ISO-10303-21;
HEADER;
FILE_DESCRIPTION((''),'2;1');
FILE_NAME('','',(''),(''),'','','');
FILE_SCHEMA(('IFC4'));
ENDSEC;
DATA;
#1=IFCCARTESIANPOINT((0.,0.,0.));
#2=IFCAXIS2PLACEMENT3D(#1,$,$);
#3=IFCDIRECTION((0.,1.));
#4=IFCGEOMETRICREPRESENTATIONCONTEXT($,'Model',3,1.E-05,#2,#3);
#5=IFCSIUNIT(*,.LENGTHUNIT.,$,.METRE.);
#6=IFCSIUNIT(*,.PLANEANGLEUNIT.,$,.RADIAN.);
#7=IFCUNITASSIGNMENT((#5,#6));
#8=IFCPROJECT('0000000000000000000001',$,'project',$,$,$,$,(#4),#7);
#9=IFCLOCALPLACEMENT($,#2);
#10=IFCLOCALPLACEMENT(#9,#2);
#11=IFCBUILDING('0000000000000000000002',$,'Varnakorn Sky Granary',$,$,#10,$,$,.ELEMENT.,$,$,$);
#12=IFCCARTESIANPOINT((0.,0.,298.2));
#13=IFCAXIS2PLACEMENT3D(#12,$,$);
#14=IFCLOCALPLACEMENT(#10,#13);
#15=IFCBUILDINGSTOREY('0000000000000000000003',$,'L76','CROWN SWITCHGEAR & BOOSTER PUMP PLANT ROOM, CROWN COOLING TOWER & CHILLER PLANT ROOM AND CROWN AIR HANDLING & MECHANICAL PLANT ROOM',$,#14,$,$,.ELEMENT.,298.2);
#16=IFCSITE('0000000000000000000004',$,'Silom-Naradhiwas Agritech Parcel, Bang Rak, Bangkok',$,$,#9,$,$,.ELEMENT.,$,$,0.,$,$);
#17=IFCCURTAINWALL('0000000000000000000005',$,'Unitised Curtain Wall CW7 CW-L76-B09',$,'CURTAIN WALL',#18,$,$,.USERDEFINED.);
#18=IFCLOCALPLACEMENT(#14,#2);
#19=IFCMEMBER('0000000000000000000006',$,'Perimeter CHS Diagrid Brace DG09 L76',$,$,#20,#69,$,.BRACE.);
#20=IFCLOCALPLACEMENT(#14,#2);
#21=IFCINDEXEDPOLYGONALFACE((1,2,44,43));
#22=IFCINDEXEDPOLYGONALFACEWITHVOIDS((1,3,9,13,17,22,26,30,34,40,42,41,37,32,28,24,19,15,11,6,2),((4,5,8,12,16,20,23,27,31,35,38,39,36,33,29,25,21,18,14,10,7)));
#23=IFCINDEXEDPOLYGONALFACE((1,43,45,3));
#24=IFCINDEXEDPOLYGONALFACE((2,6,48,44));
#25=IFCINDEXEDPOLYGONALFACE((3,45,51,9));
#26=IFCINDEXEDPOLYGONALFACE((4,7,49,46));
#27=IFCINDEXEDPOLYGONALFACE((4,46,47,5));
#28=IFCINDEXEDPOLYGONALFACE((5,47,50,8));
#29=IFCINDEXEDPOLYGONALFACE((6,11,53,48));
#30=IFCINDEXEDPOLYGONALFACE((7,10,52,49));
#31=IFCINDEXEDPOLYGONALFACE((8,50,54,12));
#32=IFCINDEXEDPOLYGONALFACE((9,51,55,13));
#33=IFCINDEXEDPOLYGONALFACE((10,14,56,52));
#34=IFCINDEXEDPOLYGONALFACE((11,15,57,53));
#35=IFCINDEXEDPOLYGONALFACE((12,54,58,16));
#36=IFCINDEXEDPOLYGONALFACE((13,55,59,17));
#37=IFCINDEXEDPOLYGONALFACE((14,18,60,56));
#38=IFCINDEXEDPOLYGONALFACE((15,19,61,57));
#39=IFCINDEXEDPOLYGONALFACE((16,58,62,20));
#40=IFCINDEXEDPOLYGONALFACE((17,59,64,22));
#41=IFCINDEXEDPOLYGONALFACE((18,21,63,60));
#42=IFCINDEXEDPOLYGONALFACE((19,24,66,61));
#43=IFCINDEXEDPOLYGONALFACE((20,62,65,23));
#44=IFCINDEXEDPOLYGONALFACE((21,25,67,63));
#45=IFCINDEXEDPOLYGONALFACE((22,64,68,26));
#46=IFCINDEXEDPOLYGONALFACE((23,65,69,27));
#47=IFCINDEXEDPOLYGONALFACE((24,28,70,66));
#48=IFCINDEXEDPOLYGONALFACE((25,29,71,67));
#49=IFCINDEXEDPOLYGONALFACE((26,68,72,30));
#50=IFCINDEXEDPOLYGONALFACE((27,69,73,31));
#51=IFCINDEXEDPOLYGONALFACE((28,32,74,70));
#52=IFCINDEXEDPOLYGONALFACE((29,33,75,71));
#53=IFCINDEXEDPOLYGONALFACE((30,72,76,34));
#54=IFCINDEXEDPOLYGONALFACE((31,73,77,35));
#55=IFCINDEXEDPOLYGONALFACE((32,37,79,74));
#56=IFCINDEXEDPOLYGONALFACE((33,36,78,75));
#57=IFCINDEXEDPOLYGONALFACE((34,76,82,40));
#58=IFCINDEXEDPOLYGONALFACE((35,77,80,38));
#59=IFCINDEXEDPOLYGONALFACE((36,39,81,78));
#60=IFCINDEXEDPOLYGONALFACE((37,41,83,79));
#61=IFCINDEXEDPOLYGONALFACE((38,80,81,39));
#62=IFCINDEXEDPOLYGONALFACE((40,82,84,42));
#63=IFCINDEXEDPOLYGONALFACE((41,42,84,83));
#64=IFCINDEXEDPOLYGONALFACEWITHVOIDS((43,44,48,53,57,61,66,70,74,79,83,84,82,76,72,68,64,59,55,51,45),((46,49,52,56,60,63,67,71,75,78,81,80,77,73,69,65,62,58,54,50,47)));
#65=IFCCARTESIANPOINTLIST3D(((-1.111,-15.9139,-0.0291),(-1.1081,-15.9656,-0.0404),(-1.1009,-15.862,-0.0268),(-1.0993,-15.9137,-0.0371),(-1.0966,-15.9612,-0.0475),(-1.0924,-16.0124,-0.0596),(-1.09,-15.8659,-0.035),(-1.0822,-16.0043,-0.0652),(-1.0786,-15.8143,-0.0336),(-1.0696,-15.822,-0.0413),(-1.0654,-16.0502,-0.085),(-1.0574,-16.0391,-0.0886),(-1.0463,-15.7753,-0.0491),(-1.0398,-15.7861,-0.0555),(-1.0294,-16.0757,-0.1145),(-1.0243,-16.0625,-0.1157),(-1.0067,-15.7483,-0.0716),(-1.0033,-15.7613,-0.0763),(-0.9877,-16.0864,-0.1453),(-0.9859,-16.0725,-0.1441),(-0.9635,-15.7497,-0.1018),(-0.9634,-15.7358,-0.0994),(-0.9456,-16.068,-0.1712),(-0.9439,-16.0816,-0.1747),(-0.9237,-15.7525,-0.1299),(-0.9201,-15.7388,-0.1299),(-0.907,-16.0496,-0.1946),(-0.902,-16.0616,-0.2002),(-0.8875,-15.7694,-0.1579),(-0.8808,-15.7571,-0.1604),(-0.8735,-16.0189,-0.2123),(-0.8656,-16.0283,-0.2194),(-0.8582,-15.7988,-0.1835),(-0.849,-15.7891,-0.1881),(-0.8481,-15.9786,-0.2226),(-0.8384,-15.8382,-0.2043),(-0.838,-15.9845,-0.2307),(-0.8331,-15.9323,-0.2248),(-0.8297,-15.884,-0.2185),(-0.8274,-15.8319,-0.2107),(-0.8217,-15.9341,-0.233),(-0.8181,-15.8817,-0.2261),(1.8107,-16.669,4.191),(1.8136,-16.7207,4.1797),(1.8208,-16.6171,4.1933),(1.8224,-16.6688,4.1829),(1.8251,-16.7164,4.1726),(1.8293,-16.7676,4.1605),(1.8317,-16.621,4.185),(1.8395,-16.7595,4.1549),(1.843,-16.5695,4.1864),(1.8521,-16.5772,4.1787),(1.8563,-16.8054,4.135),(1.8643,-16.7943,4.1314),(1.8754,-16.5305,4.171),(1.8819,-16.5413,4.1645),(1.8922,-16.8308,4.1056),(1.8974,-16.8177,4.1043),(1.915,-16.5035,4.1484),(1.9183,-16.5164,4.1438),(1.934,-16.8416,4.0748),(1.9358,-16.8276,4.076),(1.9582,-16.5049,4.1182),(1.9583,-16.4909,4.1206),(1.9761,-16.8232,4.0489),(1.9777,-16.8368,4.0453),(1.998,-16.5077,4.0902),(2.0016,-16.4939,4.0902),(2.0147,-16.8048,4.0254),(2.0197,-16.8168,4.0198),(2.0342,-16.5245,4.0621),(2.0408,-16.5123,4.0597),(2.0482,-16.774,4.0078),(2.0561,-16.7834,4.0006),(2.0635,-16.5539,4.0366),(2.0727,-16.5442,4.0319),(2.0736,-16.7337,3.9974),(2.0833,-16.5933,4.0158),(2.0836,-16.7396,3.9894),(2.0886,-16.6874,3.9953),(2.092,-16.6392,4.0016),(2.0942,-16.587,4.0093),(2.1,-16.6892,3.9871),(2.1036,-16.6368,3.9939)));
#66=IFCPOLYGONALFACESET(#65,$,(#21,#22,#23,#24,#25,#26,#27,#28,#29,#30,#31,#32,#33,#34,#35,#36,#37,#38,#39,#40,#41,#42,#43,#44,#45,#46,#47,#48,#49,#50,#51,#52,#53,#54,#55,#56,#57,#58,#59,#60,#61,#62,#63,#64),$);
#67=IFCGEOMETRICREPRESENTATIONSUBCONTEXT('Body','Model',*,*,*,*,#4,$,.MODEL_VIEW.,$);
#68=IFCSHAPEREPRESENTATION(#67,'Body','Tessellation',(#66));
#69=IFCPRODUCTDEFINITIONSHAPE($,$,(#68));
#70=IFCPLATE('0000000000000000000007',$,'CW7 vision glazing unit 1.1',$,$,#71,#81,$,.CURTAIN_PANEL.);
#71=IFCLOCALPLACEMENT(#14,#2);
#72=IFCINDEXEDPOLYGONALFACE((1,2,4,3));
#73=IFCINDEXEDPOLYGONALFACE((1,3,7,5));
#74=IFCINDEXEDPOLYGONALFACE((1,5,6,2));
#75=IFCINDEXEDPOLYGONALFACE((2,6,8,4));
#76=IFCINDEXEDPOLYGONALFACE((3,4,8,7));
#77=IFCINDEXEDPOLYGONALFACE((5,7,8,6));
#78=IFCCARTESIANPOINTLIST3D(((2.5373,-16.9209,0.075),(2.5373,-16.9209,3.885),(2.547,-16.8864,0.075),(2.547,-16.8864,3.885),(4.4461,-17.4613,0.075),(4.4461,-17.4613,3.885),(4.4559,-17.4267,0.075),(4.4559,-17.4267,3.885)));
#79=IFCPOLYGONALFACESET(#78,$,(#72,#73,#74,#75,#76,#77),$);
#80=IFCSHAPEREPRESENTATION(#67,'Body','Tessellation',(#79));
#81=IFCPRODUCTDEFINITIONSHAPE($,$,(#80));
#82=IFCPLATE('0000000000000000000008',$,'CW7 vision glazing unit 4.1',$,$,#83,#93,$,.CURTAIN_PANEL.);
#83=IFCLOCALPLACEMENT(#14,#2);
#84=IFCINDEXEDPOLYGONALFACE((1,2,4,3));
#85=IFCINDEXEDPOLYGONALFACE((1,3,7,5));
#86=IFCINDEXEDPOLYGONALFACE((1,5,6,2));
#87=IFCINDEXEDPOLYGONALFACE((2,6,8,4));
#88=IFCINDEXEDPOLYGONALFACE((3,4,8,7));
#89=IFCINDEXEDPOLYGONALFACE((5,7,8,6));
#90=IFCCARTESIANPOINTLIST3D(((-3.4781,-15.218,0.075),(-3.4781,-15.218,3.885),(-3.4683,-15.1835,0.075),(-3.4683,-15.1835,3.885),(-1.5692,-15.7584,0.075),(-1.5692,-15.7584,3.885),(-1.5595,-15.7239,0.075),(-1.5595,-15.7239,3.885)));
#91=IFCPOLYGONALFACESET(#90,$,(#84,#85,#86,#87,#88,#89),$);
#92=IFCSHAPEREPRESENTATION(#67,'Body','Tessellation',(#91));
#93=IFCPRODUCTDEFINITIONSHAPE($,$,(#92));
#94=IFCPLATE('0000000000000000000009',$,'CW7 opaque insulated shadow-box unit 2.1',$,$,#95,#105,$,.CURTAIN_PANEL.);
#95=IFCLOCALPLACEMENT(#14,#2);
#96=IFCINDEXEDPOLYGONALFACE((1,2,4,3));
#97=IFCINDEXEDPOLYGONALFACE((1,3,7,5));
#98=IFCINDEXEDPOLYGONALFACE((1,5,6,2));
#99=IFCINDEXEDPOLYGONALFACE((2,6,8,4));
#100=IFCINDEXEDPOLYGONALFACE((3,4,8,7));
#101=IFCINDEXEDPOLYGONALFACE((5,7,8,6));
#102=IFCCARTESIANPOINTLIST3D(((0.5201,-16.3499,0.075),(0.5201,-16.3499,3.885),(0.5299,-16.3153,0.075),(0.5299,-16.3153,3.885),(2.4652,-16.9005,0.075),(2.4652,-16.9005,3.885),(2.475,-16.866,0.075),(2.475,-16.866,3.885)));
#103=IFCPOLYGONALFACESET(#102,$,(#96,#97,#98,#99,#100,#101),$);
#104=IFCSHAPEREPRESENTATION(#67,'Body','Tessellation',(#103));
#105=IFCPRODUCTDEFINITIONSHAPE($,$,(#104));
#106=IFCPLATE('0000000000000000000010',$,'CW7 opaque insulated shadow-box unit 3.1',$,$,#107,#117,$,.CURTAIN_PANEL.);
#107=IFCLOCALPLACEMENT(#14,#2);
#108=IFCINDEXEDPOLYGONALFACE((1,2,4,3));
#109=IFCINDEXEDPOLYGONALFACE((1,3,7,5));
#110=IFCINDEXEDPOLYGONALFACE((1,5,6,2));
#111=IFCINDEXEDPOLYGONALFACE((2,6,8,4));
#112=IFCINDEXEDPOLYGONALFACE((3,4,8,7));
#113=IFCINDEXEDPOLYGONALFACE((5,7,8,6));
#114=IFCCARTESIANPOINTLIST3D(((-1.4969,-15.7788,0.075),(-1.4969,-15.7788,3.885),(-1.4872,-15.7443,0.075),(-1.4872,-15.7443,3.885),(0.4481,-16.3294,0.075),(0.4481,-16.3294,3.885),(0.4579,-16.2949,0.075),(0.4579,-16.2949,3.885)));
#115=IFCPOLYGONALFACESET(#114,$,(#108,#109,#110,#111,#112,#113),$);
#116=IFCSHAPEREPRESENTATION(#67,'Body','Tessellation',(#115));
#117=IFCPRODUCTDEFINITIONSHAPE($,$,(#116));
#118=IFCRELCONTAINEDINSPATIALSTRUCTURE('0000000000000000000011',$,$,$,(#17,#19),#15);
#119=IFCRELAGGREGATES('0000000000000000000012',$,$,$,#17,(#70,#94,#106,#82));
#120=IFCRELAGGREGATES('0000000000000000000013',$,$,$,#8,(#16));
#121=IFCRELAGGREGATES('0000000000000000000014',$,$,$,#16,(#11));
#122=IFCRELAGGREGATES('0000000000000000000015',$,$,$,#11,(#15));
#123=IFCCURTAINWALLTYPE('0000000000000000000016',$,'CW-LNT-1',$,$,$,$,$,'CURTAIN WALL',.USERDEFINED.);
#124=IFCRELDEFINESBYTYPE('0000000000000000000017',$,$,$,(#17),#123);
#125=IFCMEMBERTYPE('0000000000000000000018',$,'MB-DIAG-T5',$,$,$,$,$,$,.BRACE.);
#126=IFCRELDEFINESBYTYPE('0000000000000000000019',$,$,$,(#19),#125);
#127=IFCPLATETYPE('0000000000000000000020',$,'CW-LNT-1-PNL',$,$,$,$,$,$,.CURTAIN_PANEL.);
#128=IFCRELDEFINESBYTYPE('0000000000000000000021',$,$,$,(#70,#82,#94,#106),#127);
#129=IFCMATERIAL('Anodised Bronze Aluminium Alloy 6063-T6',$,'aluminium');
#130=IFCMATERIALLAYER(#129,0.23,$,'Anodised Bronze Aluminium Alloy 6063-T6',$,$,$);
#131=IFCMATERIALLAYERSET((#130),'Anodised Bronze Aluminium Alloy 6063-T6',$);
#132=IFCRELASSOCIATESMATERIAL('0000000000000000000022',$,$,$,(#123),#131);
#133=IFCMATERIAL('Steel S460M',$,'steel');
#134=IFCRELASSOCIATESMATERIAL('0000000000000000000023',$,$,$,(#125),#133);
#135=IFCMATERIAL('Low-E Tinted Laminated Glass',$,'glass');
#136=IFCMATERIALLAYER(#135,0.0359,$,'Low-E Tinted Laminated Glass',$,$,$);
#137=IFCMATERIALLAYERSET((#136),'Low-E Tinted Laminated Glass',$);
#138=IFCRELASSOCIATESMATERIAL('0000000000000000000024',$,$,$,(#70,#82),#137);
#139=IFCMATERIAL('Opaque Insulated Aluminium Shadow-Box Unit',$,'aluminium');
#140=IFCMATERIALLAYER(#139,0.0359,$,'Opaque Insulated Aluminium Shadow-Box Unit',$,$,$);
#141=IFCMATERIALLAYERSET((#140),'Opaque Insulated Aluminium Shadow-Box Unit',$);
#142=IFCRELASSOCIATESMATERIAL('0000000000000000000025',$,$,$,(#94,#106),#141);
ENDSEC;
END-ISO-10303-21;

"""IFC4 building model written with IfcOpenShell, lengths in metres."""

from ifc_helpers import new_model, si_unit, direction, frame, origin, origin_2d, place, context, subcontext, project, spatial, rectangle, hollow_circle, extrude, source, transform, mapped, material, layer, layer_set, material_profile, profile_set, type_object, type_shapes, element, aggregate, save


model = new_model("IFC4")

# Units and contexts
model_context = context("Model", 3, precision=1e-05, world=origin(), true_north=direction((0.0, 1.0)))
body_context = subcontext(model_context, "Body", "Model", "MODEL_VIEW")
ifc_project = project(units=[si_unit("LENGTHUNIT", "METRE"), si_unit("PLANEANGLEUNIT", "RADIAN")], contexts=[model_context])

# Site, building, storey
site_placement = place(None, origin())
site = spatial("IfcSite", under=ifc_project, at=site_placement, Name="Silom-Naradhiwas Agritech Parcel, Bang Rak, Bangkok", CompositionType="ELEMENT", RefElevation=0.0)
building_placement = place(site_placement, origin())
building = spatial("IfcBuilding", under=site, at=building_placement, Name="Varnakorn Sky Granary", CompositionType="ELEMENT")
storey_placement = place(building_placement, frame((0.0, 0.0, 298.2)))
storey = spatial("IfcBuildingStorey", under=building, at=storey_placement, Name="L76", Description="CROWN SWITCHGEAR & BOOSTER PUMP PLANT ROOM, CROWN COOLING TOWER & CHILLER PLANT ROOM AND CROWN AIR HANDLING & MECHANICAL PLANT ROOM", CompositionType="ELEMENT", Elevation=298.2)

# Shared definitions
ifc_material_1 = material(Name="Steel S460M", Category="steel")

# Curtain wall
ifc_material_2 = material(Name="Anodised Bronze Aluminium Alloy 6063-T6", Category="aluminium")
ifc_layer_1 = layer(ifc_material_2, 0.23, Name="Anodised Bronze Aluminium Alloy 6063-T6")
ifc_layer_set_1 = layer_set([ifc_layer_1], Name="Anodised Bronze Aluminium Alloy 6063-T6")
curtain_wall_type = type_object("IfcCurtainWallType", Name="CW-LNT-1", ElementType="CURTAIN WALL", PredefinedType="USERDEFINED", material=ifc_layer_set_1)
curtain_wall_1_placement = place(storey_placement, origin())
curtain_wall_1 = element("IfcCurtainWall", 1, at=curtain_wall_1_placement, inside=storey, type_object=curtain_wall_type, Name="Unitised Curtain Wall CW7 CW-L76-B09", ObjectType="CURTAIN WALL", PredefinedType="USERDEFINED")

# Member
ifc_material_profile_1 = material_profile(ifc_material_1, hollow_circle(Radius=0.1777, WallThickness=0.0142, at=origin_2d()), Name="CHS 355.6x14")
ifc_profile_set_1 = profile_set([ifc_material_profile_1], Name="Steel S460M")
member_type_1 = type_object("IfcMemberType", Name="MB-DIAG-T5", PredefinedType="BRACE", material=ifc_profile_set_1)
member_1_placement = place(storey_placement, frame((-0.9646, -15.9109, -0.1299), z_axis=(0.563163, -0.145555, 0.813426), x_axis=(0.250238, 0.968184, 0.0)))
element("IfcMember", 2, at=member_1_placement, inside=storey, type_object=member_type_1, Name="Perimeter CHS Diagrid Brace DG09 L76", PredefinedType="BRACE", context=body_context, shape_type="SweptSolid", body=[
    extrude(hollow_circle(Radius=0.1777, WallThickness=0.0142, at=origin_2d()), origin(), (0.0, 0.0, 1.0), 5.188),
])

# Plates
ifc_material_3 = material(Name="Low-E Tinted Laminated Glass", Category="glass")
ifc_layer_2 = layer(ifc_material_3, 0.0359, Name="Low-E Tinted Laminated Glass")
ifc_layer_set_2 = layer_set([ifc_layer_2], Name="Low-E Tinted Laminated Glass")
plate_type = type_object("IfcPlateType", Name="CW-LNT-1-PNL", PredefinedType="CURTAIN_PANEL")
shared_shape_1 = source(origin(), body_context, "Body", "SweptSolid", [
    extrude(rectangle(XDim=1.9839, YDim=0.0359, at=origin_2d()), origin(), (0.0, 0.0, 1.0), 3.8101),
])
plate_1_placement = place(storey_placement, frame((3.4966, -17.1738, 0.075), z_axis=(0.0, 0.0, 1.0), x_axis=(-0.962189, 0.272381, 0.0)))
plate_1 = element("IfcPlate", 3, at=plate_1_placement, type_object=plate_type, material=ifc_layer_set_2, Name="CW7 vision glazing unit 1.1", PredefinedType="CURTAIN_PANEL", context=body_context, shape_type="MappedRepresentation", body=[
    mapped(shared_shape_1, transform((0.0, 0.0, 0.0), x_axis=(1.0, 0.0, 0.0), y_axis=(0.0, 1.0, 0.0), z_axis=(0.0, 0.0, 1.0), scale=1.0)),
])
plate_2_placement = place(storey_placement, frame((-2.5188, -15.4709, 0.075), z_axis=(0.0, 0.0, 1.0), x_axis=(-0.962189, 0.272381, 0.0)))
plate_2 = element("IfcPlate", 4, at=plate_2_placement, type_object=plate_type, material=ifc_layer_set_2, Name="CW7 vision glazing unit 4.1", PredefinedType="CURTAIN_PANEL", context=body_context, shape_type="MappedRepresentation", body=[
    mapped(shared_shape_1, transform((0.0, 0.0, 0.0), x_axis=(1.0, 0.0, 0.0), y_axis=(0.0, 1.0, 0.0), z_axis=(0.0, 0.0, 1.0), scale=1.0)),
])
ifc_material_4 = material(Name="Opaque Insulated Aluminium Shadow-Box Unit", Category="aluminium")
ifc_layer_3 = layer(ifc_material_4, 0.0359, Name="Opaque Insulated Aluminium Shadow-Box Unit")
ifc_layer_set_3 = layer_set([ifc_layer_3], Name="Opaque Insulated Aluminium Shadow-Box Unit")
shared_shape_2 = source(origin(), body_context, "Body", "SweptSolid", [
    extrude(rectangle(XDim=2.0215, YDim=0.0359, at=origin_2d()), origin(), (0.0, 0.0, 1.0), 3.8101),
])
type_shapes(plate_type, [shared_shape_1, shared_shape_2])
plate_3_placement = place(storey_placement, frame((1.4976, -16.6079, 0.075), z_axis=(0.0, 0.0, 1.0), x_axis=(-0.962189, 0.272381, 0.0)))
plate_3 = element("IfcPlate", 5, at=plate_3_placement, type_object=plate_type, material=ifc_layer_set_3, Name="CW7 opaque insulated shadow-box unit 2.1", PredefinedType="CURTAIN_PANEL", context=body_context, shape_type="MappedRepresentation", body=[
    mapped(shared_shape_2, transform((0.0, 0.0, 0.0), x_axis=(1.0, 0.0, 0.0), y_axis=(0.0, 1.0, 0.0), z_axis=(0.0, 0.0, 1.0), scale=1.0)),
])
plate_4_placement = place(storey_placement, frame((-0.5195, -16.0369, 0.075), z_axis=(0.0, 0.0, 1.0), x_axis=(-0.962189, 0.272381, 0.0)))
plate_4 = element("IfcPlate", 6, at=plate_4_placement, type_object=plate_type, material=ifc_layer_set_3, Name="CW7 opaque insulated shadow-box unit 3.1", PredefinedType="CURTAIN_PANEL", context=body_context, shape_type="MappedRepresentation", body=[
    mapped(shared_shape_2, transform((0.0, 0.0, 0.0), x_axis=(1.0, 0.0, 0.0), y_axis=(0.0, 1.0, 0.0), z_axis=(0.0, 0.0, 1.0), scale=1.0)),
])
aggregate(curtain_wall_1, [plate_1, plate_3, plate_4, plate_2])

save(model, "model.ifc")
